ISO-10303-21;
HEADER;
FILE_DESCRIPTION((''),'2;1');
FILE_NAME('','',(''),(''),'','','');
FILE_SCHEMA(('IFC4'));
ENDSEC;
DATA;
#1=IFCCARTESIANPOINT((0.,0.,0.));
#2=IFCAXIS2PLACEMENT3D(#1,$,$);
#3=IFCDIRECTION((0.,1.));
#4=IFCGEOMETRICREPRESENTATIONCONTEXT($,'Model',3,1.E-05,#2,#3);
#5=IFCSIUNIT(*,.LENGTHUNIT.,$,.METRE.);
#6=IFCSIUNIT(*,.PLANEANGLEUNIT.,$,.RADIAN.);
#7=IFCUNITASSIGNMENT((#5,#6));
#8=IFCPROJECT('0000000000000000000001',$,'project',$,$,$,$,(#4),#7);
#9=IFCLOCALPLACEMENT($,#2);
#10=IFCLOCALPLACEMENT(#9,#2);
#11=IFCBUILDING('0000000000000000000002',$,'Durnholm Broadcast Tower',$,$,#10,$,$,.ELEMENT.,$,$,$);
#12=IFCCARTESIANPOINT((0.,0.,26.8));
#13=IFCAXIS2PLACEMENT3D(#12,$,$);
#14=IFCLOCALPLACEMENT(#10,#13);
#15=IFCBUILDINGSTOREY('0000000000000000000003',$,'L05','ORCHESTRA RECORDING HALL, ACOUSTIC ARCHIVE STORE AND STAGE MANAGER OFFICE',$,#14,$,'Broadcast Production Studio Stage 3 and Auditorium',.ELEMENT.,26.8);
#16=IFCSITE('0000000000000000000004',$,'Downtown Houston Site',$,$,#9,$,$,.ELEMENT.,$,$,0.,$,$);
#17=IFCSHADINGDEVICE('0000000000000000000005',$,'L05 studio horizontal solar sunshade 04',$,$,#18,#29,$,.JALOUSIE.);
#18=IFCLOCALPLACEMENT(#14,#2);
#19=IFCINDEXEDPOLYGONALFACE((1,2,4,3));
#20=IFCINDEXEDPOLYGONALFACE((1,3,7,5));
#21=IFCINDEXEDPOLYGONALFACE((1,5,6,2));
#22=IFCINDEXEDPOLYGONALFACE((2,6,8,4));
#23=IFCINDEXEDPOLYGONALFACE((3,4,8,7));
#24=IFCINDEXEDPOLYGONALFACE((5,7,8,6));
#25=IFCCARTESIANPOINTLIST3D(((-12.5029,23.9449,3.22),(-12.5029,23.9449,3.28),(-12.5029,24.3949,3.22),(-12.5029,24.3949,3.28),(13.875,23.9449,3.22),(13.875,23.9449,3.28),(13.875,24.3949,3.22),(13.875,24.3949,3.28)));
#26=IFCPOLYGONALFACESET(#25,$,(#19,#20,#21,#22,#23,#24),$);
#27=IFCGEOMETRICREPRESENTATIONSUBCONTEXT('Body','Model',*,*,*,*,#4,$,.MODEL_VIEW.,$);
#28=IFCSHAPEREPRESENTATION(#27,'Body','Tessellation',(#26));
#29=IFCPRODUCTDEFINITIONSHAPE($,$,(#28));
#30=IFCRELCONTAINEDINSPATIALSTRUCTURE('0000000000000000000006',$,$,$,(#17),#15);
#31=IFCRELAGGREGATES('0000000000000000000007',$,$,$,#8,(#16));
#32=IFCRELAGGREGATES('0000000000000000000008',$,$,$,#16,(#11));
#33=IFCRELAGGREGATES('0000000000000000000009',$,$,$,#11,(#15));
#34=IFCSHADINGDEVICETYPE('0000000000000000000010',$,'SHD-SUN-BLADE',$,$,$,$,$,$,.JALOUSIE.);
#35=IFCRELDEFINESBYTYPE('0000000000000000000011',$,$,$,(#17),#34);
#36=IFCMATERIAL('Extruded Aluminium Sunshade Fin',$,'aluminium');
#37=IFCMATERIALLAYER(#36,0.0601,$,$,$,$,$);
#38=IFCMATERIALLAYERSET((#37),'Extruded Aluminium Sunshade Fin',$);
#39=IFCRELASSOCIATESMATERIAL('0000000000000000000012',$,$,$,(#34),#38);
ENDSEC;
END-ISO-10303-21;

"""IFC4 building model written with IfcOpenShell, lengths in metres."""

from ifc_helpers import new_model, si_unit, direction, frame, origin, origin_2d, place, context, subcontext, project, spatial, rectangle, extrude, source, transform, mapped, material, layer, layer_set, type_object, type_shapes, element, save


model = new_model("IFC4")

# Units and contexts
model_context = context("Model", 3, precision=1e-05, world=origin(), true_north=direction((0.0, 1.0)))
body_context = subcontext(model_context, "Body", "Model", "MODEL_VIEW")
ifc_project = project(units=[si_unit("LENGTHUNIT", "METRE"), si_unit("PLANEANGLEUNIT", "RADIAN")], contexts=[model_context])

# Site, building, storey
site_placement = place(None, origin())
site = spatial("IfcSite", under=ifc_project, at=site_placement, Name="Downtown Houston Site", CompositionType="ELEMENT", RefElevation=0.0)
building_placement = place(site_placement, origin())
building = spatial("IfcBuilding", under=site, at=building_placement, Name="Durnholm Broadcast Tower", CompositionType="ELEMENT")
storey_placement = place(building_placement, frame((0.0, 0.0, 26.8)))
storey = spatial("IfcBuildingStorey", under=building, at=storey_placement, Name="L05", Description="ORCHESTRA RECORDING HALL, ACOUSTIC ARCHIVE STORE AND STAGE MANAGER OFFICE", LongName="Broadcast Production Studio Stage 3 and Auditorium", CompositionType="ELEMENT", Elevation=26.8)

# Shading device
ifc_material_1 = material(Name="Extruded Aluminium Sunshade Fin", Category="aluminium")
ifc_layer_1 = layer(ifc_material_1, 0.0601)
ifc_layer_set_1 = layer_set([ifc_layer_1], Name="Extruded Aluminium Sunshade Fin")
shading_device_type = type_object("IfcShadingDeviceType", Name="SHD-SUN-BLADE", PredefinedType="JALOUSIE", material=ifc_layer_set_1)
shared_shape_1 = source(origin(), body_context, "Body", "SweptSolid", [
    extrude(rectangle(XDim=26.3779, YDim=0.45, at=origin_2d()), origin(), (0.0, 0.0, 1.0), 0.0601),
])
type_shapes(shading_device_type, [shared_shape_1])
shading_device_placement = place(storey_placement, frame((0.686, 24.1699, 3.22), z_axis=(0.0, 0.0, 1.0), x_axis=(1.0, 0.0, 0.0)))
element("IfcShadingDevice", 1, at=shading_device_placement, inside=storey, type_object=shading_device_type, Name="L05 studio horizontal solar sunshade 04", PredefinedType="JALOUSIE", context=body_context, shape_type="MappedRepresentation", body=[
    mapped(shared_shape_1, transform((0.0, 0.0, 0.0), x_axis=(1.0, 0.0, 0.0), y_axis=(0.0, 1.0, 0.0), z_axis=(0.0, 0.0, 1.0), scale=1.0)),
])

save(model, "model.ifc")
